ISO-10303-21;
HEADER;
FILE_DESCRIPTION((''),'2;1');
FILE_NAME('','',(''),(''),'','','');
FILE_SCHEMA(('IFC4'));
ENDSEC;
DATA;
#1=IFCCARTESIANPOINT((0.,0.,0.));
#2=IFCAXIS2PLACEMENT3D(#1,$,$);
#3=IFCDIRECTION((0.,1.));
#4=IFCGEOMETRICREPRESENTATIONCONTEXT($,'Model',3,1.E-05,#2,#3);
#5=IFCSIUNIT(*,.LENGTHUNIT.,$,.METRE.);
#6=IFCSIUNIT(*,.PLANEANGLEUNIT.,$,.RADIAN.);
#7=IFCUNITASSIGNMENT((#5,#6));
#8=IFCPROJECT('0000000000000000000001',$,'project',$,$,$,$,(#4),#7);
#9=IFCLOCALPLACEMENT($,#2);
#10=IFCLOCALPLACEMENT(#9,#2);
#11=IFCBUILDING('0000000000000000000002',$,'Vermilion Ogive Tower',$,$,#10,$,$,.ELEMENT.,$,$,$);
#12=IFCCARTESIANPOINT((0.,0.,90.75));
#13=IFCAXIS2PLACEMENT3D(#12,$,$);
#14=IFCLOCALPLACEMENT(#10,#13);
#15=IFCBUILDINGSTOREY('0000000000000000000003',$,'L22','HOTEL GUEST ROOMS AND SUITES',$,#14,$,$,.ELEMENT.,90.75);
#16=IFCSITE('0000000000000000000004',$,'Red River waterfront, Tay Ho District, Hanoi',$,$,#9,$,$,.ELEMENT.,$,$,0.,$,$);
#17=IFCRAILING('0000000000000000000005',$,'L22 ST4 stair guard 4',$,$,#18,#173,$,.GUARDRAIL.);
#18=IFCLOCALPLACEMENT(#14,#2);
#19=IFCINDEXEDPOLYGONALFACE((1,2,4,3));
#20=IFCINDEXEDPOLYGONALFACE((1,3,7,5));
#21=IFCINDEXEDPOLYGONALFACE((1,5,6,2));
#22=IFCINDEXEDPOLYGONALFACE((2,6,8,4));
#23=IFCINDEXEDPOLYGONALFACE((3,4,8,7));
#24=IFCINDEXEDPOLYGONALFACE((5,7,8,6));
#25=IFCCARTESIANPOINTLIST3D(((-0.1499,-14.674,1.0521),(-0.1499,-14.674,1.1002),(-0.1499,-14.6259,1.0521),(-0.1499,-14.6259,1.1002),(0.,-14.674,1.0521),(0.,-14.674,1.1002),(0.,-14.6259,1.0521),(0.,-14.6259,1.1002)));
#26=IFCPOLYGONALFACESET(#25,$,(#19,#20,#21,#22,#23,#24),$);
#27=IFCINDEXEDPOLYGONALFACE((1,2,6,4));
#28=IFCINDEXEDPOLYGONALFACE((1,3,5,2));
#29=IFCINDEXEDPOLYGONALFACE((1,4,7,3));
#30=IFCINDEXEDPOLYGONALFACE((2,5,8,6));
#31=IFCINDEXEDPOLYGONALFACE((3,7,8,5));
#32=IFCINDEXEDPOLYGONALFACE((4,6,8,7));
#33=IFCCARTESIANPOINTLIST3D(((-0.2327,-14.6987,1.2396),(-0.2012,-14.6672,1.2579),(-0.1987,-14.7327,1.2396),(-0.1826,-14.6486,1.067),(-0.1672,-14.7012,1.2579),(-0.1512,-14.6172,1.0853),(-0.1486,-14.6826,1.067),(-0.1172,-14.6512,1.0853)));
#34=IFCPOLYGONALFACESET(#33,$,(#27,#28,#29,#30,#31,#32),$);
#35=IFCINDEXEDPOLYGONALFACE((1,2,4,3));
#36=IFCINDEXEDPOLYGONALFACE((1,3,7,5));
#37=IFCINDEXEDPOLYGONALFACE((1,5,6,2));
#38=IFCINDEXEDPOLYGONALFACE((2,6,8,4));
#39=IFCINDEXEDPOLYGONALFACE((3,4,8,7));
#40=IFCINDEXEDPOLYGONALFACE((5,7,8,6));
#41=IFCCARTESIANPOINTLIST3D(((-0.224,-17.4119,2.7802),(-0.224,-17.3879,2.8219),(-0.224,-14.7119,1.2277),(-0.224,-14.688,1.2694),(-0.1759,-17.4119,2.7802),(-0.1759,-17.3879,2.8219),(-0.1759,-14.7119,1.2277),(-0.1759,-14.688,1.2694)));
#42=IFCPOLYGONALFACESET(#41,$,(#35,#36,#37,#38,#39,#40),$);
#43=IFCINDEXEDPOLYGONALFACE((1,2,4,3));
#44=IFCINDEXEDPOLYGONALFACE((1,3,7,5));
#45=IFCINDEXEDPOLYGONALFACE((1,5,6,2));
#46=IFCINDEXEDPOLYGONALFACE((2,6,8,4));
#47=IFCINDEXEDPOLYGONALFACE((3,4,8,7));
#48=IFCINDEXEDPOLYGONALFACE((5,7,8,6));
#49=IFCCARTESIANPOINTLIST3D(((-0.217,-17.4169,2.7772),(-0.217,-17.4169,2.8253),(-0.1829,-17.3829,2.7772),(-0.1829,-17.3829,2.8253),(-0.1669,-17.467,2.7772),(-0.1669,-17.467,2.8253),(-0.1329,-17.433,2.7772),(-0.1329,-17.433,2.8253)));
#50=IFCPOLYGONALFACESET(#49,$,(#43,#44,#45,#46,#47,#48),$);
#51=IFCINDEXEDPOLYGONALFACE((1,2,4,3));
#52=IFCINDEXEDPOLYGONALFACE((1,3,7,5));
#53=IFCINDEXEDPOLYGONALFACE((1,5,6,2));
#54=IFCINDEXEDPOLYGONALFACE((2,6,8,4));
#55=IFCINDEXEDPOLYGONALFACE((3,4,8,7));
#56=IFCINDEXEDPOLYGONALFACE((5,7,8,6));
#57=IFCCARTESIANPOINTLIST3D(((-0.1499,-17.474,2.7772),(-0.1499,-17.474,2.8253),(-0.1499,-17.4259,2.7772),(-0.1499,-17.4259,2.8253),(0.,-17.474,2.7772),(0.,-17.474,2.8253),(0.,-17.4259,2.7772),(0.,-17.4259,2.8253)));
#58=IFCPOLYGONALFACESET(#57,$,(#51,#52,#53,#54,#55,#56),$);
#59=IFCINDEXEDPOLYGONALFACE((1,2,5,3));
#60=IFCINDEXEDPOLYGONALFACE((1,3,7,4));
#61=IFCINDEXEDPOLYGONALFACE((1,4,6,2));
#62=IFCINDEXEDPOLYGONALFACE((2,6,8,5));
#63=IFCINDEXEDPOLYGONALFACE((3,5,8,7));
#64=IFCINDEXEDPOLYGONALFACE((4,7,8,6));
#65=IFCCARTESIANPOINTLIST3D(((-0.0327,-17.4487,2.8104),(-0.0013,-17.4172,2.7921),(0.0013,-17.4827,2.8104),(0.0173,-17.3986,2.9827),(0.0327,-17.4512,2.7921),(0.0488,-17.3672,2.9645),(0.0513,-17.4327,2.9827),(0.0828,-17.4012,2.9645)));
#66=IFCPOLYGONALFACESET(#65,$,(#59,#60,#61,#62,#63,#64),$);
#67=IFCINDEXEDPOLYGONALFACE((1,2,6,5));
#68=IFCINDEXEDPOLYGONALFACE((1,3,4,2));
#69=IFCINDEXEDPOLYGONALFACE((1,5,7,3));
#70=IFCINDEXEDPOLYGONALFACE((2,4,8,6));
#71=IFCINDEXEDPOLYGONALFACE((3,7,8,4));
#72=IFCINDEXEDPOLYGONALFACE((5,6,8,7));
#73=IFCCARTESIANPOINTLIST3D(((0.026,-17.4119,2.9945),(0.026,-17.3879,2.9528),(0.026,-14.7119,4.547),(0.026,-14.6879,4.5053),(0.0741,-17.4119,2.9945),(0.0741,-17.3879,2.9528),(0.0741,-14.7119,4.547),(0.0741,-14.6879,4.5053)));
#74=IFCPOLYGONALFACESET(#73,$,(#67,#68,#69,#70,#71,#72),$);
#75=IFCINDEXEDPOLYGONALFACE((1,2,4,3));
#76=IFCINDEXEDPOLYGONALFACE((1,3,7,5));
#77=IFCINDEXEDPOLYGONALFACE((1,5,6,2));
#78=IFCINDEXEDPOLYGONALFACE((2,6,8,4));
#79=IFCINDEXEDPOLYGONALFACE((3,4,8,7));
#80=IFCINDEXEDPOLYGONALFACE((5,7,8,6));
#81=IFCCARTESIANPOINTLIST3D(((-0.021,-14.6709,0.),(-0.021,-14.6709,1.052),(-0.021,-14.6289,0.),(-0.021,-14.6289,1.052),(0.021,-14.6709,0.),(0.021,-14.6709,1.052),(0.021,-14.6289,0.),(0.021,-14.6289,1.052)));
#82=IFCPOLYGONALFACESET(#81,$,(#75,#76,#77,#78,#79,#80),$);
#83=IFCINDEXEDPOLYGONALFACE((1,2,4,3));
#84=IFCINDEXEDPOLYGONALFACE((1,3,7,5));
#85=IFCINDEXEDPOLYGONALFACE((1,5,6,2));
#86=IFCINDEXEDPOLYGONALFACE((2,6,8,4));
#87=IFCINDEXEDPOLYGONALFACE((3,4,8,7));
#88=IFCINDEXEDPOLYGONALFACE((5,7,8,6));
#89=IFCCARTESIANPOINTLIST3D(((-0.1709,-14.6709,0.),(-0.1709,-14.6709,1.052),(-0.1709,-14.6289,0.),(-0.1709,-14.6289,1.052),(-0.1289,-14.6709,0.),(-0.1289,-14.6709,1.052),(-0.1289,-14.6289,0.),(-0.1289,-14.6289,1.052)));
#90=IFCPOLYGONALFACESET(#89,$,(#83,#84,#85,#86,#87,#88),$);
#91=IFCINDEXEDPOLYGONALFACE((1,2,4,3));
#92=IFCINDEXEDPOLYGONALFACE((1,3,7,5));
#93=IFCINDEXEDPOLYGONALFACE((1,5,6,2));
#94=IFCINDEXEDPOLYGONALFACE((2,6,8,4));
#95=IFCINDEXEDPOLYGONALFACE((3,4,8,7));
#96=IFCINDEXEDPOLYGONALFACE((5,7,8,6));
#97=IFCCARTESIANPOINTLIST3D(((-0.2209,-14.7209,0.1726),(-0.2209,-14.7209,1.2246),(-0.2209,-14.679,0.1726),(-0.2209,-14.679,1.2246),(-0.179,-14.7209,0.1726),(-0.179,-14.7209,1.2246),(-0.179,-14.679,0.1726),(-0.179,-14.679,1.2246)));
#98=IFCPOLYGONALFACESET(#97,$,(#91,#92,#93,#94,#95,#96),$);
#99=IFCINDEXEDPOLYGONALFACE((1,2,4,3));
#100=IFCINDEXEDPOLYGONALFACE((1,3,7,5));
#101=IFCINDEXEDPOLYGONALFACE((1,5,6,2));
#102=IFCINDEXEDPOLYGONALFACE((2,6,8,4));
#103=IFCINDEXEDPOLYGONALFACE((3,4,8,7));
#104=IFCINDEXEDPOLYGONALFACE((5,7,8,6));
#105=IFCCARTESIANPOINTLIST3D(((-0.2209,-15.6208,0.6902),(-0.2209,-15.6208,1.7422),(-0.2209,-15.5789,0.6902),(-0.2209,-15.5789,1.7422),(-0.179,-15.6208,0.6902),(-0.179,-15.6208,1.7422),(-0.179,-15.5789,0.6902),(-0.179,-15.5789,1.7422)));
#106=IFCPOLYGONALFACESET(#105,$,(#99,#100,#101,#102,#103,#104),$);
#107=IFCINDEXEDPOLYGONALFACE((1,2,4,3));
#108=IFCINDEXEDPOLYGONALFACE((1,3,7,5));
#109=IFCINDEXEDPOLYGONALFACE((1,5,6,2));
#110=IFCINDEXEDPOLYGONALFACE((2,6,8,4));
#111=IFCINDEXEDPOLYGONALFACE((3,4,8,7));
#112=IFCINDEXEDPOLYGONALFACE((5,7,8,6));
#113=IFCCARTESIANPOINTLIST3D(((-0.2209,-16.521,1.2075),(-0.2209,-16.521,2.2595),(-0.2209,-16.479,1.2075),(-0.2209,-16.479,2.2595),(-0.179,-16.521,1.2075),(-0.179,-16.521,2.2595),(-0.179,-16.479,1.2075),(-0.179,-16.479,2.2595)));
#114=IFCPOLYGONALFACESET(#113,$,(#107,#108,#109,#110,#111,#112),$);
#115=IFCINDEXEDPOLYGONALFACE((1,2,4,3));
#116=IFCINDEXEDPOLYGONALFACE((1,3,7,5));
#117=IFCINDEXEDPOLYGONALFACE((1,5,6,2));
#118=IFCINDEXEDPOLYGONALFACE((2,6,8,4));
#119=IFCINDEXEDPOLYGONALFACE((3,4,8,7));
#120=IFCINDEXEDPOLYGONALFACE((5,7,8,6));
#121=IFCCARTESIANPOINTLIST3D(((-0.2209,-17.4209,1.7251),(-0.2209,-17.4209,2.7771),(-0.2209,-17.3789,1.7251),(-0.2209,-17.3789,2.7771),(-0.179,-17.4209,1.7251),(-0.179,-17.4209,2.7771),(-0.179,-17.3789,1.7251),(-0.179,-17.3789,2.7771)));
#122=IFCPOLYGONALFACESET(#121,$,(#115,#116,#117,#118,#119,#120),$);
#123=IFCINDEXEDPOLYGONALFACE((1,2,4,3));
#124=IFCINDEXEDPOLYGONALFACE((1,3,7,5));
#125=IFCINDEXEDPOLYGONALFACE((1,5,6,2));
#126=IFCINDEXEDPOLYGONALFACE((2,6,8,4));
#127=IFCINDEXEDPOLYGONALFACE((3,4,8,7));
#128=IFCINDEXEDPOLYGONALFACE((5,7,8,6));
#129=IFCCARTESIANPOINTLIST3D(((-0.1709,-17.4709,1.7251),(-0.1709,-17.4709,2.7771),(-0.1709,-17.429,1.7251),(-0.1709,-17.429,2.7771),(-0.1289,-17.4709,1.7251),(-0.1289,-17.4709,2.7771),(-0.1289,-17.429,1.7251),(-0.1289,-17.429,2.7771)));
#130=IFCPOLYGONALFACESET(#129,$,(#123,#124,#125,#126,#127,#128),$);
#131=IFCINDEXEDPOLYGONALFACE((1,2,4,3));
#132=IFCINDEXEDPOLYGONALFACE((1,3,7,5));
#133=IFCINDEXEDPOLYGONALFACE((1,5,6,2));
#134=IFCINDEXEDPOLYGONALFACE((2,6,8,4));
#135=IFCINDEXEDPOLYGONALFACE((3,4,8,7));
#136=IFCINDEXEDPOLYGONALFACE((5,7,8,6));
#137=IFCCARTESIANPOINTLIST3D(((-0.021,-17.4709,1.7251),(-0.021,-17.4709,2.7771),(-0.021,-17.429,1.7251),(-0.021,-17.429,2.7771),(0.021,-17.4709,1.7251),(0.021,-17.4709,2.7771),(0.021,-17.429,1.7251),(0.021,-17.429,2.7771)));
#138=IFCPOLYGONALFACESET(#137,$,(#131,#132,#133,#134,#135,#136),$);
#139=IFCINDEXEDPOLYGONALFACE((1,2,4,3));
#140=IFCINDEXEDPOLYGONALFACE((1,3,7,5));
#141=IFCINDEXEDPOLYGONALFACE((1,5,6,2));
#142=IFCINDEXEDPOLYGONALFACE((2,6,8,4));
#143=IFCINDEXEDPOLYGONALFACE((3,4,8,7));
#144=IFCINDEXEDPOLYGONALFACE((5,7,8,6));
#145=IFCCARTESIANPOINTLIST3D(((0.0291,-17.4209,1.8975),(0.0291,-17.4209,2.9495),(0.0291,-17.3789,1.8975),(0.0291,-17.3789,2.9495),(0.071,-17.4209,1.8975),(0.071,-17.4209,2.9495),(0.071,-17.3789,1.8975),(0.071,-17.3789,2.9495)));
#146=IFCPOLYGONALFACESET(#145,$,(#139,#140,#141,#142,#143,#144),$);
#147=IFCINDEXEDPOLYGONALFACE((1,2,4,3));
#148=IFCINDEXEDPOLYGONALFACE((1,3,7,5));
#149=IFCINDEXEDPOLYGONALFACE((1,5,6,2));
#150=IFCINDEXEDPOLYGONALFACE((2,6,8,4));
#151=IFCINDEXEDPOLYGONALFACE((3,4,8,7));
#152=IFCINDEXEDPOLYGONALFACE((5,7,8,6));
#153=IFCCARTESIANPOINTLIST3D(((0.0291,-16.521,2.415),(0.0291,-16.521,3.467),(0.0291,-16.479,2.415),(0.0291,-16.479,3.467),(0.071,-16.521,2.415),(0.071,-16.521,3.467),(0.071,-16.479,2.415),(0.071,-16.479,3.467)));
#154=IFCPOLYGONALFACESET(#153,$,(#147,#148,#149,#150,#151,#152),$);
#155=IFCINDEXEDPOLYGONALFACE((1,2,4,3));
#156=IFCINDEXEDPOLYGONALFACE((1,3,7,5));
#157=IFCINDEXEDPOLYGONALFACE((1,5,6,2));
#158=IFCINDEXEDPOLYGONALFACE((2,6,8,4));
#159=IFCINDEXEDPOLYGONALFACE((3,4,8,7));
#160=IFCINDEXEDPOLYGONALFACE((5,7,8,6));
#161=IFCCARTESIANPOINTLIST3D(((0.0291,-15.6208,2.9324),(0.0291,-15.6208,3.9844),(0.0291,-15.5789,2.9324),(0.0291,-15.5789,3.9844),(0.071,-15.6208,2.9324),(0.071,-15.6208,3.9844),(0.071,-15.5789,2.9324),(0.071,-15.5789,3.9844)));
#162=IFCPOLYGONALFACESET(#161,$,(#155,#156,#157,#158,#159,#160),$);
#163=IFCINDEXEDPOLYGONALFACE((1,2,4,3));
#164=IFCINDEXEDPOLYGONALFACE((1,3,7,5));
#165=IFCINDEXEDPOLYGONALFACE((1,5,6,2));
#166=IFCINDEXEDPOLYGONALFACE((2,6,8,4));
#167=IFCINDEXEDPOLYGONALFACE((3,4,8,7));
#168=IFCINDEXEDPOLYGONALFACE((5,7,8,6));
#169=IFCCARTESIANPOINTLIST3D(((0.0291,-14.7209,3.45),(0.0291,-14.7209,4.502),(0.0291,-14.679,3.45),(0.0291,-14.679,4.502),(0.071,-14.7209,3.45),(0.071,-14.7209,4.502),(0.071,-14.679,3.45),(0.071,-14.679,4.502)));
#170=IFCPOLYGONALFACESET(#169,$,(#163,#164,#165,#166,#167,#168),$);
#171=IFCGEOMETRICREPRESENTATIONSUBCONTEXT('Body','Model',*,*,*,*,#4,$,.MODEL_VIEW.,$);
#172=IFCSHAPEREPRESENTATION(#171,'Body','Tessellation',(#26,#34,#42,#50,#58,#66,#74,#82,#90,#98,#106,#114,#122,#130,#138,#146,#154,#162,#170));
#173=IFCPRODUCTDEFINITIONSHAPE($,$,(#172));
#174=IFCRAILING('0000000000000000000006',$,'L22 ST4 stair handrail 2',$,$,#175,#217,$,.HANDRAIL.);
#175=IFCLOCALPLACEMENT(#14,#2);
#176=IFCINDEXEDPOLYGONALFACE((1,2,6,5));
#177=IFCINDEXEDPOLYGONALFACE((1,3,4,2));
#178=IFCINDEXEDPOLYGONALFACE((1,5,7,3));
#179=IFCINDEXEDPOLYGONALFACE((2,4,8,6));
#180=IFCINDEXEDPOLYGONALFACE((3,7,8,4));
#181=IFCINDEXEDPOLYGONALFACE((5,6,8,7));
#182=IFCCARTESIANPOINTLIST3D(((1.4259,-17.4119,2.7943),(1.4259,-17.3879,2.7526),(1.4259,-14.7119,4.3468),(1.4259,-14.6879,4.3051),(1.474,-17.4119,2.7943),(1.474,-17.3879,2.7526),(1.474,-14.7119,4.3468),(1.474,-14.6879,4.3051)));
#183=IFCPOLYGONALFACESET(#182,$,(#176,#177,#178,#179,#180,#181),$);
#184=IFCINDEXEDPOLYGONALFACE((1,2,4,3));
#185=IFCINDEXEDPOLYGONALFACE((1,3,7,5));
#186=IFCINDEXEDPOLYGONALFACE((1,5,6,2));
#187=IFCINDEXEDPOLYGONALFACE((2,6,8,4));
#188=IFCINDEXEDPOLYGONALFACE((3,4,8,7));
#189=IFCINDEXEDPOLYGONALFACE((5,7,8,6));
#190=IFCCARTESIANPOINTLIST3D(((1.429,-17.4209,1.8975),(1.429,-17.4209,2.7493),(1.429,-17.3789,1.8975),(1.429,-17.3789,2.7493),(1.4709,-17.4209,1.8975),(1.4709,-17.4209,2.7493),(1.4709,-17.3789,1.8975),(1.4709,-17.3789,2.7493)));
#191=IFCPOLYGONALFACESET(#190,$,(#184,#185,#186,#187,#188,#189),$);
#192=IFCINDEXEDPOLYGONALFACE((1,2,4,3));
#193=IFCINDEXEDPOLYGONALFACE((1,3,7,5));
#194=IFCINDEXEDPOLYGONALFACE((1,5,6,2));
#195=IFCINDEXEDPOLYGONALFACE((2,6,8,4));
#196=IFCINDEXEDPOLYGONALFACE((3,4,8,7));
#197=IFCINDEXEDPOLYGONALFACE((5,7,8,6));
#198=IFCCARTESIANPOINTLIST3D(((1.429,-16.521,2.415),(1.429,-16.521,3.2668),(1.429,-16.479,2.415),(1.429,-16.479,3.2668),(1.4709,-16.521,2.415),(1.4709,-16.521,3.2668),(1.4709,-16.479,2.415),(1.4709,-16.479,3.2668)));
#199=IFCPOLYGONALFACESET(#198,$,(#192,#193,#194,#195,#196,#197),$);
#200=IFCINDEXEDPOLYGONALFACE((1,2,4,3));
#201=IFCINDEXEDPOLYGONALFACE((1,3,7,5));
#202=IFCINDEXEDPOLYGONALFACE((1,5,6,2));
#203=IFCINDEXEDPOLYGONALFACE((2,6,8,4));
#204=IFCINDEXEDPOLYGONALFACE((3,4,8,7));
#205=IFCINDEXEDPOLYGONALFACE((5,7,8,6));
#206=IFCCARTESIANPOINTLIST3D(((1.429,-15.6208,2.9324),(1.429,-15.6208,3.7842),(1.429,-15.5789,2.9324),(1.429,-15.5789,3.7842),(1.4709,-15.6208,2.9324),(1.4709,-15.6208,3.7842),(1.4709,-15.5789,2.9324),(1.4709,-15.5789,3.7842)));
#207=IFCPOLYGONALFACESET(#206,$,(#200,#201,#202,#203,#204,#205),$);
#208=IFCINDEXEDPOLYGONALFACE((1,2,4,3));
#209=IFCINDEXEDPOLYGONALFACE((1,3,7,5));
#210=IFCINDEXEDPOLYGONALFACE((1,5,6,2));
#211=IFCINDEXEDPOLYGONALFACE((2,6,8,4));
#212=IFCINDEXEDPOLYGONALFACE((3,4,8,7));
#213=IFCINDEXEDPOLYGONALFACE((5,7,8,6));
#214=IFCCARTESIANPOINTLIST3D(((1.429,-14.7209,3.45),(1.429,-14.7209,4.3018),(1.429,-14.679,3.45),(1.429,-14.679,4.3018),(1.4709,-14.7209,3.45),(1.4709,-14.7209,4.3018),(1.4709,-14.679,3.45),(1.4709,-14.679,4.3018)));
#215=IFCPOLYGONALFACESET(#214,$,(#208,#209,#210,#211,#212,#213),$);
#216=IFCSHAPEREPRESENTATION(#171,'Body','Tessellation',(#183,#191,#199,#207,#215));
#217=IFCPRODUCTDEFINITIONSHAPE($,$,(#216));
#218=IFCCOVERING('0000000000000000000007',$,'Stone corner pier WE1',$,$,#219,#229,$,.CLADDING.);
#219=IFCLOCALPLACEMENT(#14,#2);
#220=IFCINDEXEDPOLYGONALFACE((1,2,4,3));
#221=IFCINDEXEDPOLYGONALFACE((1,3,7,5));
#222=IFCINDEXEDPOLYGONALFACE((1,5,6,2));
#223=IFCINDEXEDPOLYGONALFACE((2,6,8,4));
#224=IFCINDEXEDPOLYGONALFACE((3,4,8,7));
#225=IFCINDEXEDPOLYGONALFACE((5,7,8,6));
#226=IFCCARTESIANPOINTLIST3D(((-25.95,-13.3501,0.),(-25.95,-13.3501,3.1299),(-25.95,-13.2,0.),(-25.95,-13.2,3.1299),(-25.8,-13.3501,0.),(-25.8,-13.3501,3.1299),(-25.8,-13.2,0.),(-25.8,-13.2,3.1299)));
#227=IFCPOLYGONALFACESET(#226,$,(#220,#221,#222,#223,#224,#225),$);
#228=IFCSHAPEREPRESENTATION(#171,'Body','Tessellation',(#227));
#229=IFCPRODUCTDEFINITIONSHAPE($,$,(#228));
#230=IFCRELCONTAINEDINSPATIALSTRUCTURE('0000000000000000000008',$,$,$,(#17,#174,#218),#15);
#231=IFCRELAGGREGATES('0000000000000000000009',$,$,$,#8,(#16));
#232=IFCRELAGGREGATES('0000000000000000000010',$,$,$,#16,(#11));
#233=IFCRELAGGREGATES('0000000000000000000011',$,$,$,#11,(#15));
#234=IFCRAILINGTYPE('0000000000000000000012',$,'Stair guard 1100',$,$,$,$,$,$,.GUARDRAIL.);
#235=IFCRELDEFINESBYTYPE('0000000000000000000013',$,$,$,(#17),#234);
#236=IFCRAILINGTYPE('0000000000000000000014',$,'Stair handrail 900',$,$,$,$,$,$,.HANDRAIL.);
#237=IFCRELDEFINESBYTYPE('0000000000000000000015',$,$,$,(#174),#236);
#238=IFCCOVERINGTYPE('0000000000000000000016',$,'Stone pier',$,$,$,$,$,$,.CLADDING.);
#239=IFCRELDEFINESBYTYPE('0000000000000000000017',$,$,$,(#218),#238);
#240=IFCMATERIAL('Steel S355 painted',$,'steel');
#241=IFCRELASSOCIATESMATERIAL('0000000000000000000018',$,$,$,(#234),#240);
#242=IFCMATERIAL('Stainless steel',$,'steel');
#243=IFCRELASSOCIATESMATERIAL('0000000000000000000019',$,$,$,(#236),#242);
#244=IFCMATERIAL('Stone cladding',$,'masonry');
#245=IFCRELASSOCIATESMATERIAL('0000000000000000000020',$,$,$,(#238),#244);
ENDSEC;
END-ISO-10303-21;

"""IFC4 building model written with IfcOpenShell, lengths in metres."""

from ifc_helpers import new_model, si_unit, direction, frame, origin, origin_2d, place, context, subcontext, project, spatial, polyline, rectangle, outline, extrude, material, type_object, element, save


model = new_model("IFC4")

# Units and contexts
model_context = context("Model", 3, precision=1e-05, world=origin(), true_north=direction((0.0, 1.0)))
body_context = subcontext(model_context, "Body", "Model", "MODEL_VIEW")
ifc_project = project(units=[si_unit("LENGTHUNIT", "METRE"), si_unit("PLANEANGLEUNIT", "RADIAN")], contexts=[model_context])

# Site, building, storey
site_placement = place(None, origin())
site = spatial("IfcSite", under=ifc_project, at=site_placement, Name="Red River waterfront, Tay Ho District, Hanoi", CompositionType="ELEMENT", RefElevation=0.0)
building_placement = place(site_placement, origin())
building = spatial("IfcBuilding", under=site, at=building_placement, Name="Vermilion Ogive Tower", CompositionType="ELEMENT")
storey_placement = place(building_placement, frame((0.0, 0.0, 90.75)))
storey = spatial("IfcBuildingStorey", under=building, at=storey_placement, Name="L22", Description="HOTEL GUEST ROOMS AND SUITES", CompositionType="ELEMENT", Elevation=90.75)

# Railings
ifc_material_1 = material(Name="Steel S355 painted", Category="steel")
railing_type_1 = type_object("IfcRailingType", Name="Stair guard 1100", PredefinedType="GUARDRAIL", material=ifc_material_1)
railing_1_placement = place(storey_placement, frame((0.0, -14.6499, 0.0)))
element("IfcRailing", 1, at=railing_1_placement, inside=storey, type_object=railing_type_1, Name="L22 ST4 stair guard 4", PredefinedType="GUARDRAIL", context=body_context, shape_type="SweptSolid", body=[
    extrude(rectangle(XDim=0.0481, YDim=0.0481, at=origin_2d()), frame((0.0, 0.0, 1.0762), z_axis=(-1.0, 0.0, 0.0), x_axis=(0.0, -1.0, 0.0)), (0.0, 0.0, 1.0), 0.1499),
    extrude(rectangle(XDim=0.0481, YDim=0.0481, at=origin_2d()), frame((-0.1499, 0.0, 1.0762), z_axis=(-0.268278, -0.268278, 0.925232), x_axis=(0.707107, -0.707107, 0.0)), (0.0, 0.0, 1.0), 0.1865),
    extrude(rectangle(XDim=0.0481, YDim=0.0481, at=origin_2d()), frame((-0.2, -0.05, 1.2485), z_axis=(0.0, -0.866904, 0.498476), x_axis=(1.0, 0.0, 0.0)), (0.0, 0.0, 1.0), 3.1145),
    extrude(rectangle(XDim=0.0481, YDim=0.0481, at=origin_2d()), frame((-0.2, -2.75, 2.8013), z_axis=(0.707107, -0.707107, 0.0), x_axis=(0.707107, 0.707107, 0.0)), (0.0, 0.0, 1.0), 0.0708),
    extrude(rectangle(XDim=0.0481, YDim=0.0481, at=origin_2d()), frame((-0.1499, -2.8, 2.8013), z_axis=(1.0, 0.0, 0.0), x_axis=(0.0, 1.0, 0.0)), (0.0, 0.0, 1.0), 0.1499),
    extrude(rectangle(XDim=0.0481, YDim=0.0481, at=origin_2d()), frame((0.0, -2.8, 2.8013), z_axis=(0.268603, 0.268603, 0.925043), x_axis=(-0.707107, 0.707107, 0.0)), (0.0, 0.0, 1.0), 0.1863),
    extrude(rectangle(XDim=0.0481, YDim=0.0481, at=origin_2d()), frame((0.05, -2.75, 2.9736), z_axis=(0.0, 0.866904, 0.498476), x_axis=(-1.0, 0.0, 0.0)), (0.0, 0.0, 1.0), 3.1145),
    extrude(rectangle(XDim=0.042, YDim=0.042, at=origin_2d()), origin(), (0.0, 0.0, 1.0), 1.052),
    extrude(rectangle(XDim=0.042, YDim=0.042, at=origin_2d()), frame((-0.1499, 0.0, 0.0)), (0.0, 0.0, 1.0), 1.052),
    extrude(rectangle(XDim=0.042, YDim=0.042, at=origin_2d()), frame((-0.2, -0.05, 0.1726)), (0.0, 0.0, 1.0), 1.052),
    extrude(rectangle(XDim=0.042, YDim=0.042, at=origin_2d()), frame((-0.2, -0.95, 0.6902)), (0.0, 0.0, 1.0), 1.052),
    extrude(rectangle(XDim=0.042, YDim=0.042, at=origin_2d()), frame((-0.2, -1.8501, 1.2075)), (0.0, 0.0, 1.0), 1.052),
    extrude(rectangle(XDim=0.042, YDim=0.042, at=origin_2d()), frame((-0.2, -2.75, 1.7251)), (0.0, 0.0, 1.0), 1.052),
    extrude(rectangle(XDim=0.042, YDim=0.042, at=origin_2d()), frame((-0.1499, -2.8, 1.7251)), (0.0, 0.0, 1.0), 1.052),
    extrude(rectangle(XDim=0.042, YDim=0.042, at=origin_2d()), frame((0.0, -2.8, 1.7251)), (0.0, 0.0, 1.0), 1.052),
    extrude(rectangle(XDim=0.042, YDim=0.042, at=origin_2d()), frame((0.05, -2.75, 1.8975)), (0.0, 0.0, 1.0), 1.052),
    extrude(rectangle(XDim=0.042, YDim=0.042, at=origin_2d()), frame((0.05, -1.8501, 2.415)), (0.0, 0.0, 1.0), 1.052),
    extrude(rectangle(XDim=0.042, YDim=0.042, at=origin_2d()), frame((0.05, -0.95, 2.9324)), (0.0, 0.0, 1.0), 1.052),
    extrude(rectangle(XDim=0.042, YDim=0.042, at=origin_2d()), frame((0.05, -0.05, 3.45)), (0.0, 0.0, 1.0), 1.052),
])
ifc_material_2 = material(Name="Stainless steel", Category="steel")
railing_type_2 = type_object("IfcRailingType", Name="Stair handrail 900", PredefinedType="HANDRAIL", material=ifc_material_2)
railing_2_placement = place(storey_placement, frame((1.45, -17.3999, 1.8975)))
element("IfcRailing", 2, at=railing_2_placement, inside=storey, type_object=railing_type_2, Name="L22 ST4 stair handrail 2", PredefinedType="HANDRAIL", context=body_context, shape_type="SweptSolid", body=[
    extrude(rectangle(XDim=0.0481, YDim=0.0481, at=origin_2d()), frame((0.0, 0.0, 0.876), z_axis=(0.0, 0.866904, 0.498476), x_axis=(-1.0, 0.0, 0.0)), (0.0, 0.0, 1.0), 3.1145),
    extrude(rectangle(XDim=0.042, YDim=0.042, at=origin_2d()), origin(), (0.0, 0.0, 1.0), 0.8518),
    extrude(rectangle(XDim=0.042, YDim=0.042, at=origin_2d()), frame((0.0, 0.8999, 0.5176)), (0.0, 0.0, 1.0), 0.8518),
    extrude(rectangle(XDim=0.042, YDim=0.042, at=origin_2d()), frame((0.0, 1.8, 1.0349)), (0.0, 0.0, 1.0), 0.8518),
    extrude(rectangle(XDim=0.042, YDim=0.042, at=origin_2d()), frame((0.0, 2.7, 1.5525)), (0.0, 0.0, 1.0), 0.8518),
])

# Covering
ifc_material_3 = material(Name="Stone cladding", Category="masonry")
covering_type_1 = type_object("IfcCoveringType", Name="Stone pier", PredefinedType="CLADDING", material=ifc_material_3)
covering_1_placement = place(storey_placement, origin())
element("IfcCovering", 3, at=covering_1_placement, inside=storey, type_object=covering_type_1, Name="Stone corner pier WE1", PredefinedType="CLADDING", context=body_context, shape_type="SweptSolid", body=[
    extrude(outline(polyline([(-25.95, -13.2), (-25.8, -13.2), (-25.8, -13.3501), (-25.95, -13.3501), (-25.95, -13.2)])), origin(), (0.0, 0.0, 1.0), 3.1299),
])

save(model, "model.ifc")
